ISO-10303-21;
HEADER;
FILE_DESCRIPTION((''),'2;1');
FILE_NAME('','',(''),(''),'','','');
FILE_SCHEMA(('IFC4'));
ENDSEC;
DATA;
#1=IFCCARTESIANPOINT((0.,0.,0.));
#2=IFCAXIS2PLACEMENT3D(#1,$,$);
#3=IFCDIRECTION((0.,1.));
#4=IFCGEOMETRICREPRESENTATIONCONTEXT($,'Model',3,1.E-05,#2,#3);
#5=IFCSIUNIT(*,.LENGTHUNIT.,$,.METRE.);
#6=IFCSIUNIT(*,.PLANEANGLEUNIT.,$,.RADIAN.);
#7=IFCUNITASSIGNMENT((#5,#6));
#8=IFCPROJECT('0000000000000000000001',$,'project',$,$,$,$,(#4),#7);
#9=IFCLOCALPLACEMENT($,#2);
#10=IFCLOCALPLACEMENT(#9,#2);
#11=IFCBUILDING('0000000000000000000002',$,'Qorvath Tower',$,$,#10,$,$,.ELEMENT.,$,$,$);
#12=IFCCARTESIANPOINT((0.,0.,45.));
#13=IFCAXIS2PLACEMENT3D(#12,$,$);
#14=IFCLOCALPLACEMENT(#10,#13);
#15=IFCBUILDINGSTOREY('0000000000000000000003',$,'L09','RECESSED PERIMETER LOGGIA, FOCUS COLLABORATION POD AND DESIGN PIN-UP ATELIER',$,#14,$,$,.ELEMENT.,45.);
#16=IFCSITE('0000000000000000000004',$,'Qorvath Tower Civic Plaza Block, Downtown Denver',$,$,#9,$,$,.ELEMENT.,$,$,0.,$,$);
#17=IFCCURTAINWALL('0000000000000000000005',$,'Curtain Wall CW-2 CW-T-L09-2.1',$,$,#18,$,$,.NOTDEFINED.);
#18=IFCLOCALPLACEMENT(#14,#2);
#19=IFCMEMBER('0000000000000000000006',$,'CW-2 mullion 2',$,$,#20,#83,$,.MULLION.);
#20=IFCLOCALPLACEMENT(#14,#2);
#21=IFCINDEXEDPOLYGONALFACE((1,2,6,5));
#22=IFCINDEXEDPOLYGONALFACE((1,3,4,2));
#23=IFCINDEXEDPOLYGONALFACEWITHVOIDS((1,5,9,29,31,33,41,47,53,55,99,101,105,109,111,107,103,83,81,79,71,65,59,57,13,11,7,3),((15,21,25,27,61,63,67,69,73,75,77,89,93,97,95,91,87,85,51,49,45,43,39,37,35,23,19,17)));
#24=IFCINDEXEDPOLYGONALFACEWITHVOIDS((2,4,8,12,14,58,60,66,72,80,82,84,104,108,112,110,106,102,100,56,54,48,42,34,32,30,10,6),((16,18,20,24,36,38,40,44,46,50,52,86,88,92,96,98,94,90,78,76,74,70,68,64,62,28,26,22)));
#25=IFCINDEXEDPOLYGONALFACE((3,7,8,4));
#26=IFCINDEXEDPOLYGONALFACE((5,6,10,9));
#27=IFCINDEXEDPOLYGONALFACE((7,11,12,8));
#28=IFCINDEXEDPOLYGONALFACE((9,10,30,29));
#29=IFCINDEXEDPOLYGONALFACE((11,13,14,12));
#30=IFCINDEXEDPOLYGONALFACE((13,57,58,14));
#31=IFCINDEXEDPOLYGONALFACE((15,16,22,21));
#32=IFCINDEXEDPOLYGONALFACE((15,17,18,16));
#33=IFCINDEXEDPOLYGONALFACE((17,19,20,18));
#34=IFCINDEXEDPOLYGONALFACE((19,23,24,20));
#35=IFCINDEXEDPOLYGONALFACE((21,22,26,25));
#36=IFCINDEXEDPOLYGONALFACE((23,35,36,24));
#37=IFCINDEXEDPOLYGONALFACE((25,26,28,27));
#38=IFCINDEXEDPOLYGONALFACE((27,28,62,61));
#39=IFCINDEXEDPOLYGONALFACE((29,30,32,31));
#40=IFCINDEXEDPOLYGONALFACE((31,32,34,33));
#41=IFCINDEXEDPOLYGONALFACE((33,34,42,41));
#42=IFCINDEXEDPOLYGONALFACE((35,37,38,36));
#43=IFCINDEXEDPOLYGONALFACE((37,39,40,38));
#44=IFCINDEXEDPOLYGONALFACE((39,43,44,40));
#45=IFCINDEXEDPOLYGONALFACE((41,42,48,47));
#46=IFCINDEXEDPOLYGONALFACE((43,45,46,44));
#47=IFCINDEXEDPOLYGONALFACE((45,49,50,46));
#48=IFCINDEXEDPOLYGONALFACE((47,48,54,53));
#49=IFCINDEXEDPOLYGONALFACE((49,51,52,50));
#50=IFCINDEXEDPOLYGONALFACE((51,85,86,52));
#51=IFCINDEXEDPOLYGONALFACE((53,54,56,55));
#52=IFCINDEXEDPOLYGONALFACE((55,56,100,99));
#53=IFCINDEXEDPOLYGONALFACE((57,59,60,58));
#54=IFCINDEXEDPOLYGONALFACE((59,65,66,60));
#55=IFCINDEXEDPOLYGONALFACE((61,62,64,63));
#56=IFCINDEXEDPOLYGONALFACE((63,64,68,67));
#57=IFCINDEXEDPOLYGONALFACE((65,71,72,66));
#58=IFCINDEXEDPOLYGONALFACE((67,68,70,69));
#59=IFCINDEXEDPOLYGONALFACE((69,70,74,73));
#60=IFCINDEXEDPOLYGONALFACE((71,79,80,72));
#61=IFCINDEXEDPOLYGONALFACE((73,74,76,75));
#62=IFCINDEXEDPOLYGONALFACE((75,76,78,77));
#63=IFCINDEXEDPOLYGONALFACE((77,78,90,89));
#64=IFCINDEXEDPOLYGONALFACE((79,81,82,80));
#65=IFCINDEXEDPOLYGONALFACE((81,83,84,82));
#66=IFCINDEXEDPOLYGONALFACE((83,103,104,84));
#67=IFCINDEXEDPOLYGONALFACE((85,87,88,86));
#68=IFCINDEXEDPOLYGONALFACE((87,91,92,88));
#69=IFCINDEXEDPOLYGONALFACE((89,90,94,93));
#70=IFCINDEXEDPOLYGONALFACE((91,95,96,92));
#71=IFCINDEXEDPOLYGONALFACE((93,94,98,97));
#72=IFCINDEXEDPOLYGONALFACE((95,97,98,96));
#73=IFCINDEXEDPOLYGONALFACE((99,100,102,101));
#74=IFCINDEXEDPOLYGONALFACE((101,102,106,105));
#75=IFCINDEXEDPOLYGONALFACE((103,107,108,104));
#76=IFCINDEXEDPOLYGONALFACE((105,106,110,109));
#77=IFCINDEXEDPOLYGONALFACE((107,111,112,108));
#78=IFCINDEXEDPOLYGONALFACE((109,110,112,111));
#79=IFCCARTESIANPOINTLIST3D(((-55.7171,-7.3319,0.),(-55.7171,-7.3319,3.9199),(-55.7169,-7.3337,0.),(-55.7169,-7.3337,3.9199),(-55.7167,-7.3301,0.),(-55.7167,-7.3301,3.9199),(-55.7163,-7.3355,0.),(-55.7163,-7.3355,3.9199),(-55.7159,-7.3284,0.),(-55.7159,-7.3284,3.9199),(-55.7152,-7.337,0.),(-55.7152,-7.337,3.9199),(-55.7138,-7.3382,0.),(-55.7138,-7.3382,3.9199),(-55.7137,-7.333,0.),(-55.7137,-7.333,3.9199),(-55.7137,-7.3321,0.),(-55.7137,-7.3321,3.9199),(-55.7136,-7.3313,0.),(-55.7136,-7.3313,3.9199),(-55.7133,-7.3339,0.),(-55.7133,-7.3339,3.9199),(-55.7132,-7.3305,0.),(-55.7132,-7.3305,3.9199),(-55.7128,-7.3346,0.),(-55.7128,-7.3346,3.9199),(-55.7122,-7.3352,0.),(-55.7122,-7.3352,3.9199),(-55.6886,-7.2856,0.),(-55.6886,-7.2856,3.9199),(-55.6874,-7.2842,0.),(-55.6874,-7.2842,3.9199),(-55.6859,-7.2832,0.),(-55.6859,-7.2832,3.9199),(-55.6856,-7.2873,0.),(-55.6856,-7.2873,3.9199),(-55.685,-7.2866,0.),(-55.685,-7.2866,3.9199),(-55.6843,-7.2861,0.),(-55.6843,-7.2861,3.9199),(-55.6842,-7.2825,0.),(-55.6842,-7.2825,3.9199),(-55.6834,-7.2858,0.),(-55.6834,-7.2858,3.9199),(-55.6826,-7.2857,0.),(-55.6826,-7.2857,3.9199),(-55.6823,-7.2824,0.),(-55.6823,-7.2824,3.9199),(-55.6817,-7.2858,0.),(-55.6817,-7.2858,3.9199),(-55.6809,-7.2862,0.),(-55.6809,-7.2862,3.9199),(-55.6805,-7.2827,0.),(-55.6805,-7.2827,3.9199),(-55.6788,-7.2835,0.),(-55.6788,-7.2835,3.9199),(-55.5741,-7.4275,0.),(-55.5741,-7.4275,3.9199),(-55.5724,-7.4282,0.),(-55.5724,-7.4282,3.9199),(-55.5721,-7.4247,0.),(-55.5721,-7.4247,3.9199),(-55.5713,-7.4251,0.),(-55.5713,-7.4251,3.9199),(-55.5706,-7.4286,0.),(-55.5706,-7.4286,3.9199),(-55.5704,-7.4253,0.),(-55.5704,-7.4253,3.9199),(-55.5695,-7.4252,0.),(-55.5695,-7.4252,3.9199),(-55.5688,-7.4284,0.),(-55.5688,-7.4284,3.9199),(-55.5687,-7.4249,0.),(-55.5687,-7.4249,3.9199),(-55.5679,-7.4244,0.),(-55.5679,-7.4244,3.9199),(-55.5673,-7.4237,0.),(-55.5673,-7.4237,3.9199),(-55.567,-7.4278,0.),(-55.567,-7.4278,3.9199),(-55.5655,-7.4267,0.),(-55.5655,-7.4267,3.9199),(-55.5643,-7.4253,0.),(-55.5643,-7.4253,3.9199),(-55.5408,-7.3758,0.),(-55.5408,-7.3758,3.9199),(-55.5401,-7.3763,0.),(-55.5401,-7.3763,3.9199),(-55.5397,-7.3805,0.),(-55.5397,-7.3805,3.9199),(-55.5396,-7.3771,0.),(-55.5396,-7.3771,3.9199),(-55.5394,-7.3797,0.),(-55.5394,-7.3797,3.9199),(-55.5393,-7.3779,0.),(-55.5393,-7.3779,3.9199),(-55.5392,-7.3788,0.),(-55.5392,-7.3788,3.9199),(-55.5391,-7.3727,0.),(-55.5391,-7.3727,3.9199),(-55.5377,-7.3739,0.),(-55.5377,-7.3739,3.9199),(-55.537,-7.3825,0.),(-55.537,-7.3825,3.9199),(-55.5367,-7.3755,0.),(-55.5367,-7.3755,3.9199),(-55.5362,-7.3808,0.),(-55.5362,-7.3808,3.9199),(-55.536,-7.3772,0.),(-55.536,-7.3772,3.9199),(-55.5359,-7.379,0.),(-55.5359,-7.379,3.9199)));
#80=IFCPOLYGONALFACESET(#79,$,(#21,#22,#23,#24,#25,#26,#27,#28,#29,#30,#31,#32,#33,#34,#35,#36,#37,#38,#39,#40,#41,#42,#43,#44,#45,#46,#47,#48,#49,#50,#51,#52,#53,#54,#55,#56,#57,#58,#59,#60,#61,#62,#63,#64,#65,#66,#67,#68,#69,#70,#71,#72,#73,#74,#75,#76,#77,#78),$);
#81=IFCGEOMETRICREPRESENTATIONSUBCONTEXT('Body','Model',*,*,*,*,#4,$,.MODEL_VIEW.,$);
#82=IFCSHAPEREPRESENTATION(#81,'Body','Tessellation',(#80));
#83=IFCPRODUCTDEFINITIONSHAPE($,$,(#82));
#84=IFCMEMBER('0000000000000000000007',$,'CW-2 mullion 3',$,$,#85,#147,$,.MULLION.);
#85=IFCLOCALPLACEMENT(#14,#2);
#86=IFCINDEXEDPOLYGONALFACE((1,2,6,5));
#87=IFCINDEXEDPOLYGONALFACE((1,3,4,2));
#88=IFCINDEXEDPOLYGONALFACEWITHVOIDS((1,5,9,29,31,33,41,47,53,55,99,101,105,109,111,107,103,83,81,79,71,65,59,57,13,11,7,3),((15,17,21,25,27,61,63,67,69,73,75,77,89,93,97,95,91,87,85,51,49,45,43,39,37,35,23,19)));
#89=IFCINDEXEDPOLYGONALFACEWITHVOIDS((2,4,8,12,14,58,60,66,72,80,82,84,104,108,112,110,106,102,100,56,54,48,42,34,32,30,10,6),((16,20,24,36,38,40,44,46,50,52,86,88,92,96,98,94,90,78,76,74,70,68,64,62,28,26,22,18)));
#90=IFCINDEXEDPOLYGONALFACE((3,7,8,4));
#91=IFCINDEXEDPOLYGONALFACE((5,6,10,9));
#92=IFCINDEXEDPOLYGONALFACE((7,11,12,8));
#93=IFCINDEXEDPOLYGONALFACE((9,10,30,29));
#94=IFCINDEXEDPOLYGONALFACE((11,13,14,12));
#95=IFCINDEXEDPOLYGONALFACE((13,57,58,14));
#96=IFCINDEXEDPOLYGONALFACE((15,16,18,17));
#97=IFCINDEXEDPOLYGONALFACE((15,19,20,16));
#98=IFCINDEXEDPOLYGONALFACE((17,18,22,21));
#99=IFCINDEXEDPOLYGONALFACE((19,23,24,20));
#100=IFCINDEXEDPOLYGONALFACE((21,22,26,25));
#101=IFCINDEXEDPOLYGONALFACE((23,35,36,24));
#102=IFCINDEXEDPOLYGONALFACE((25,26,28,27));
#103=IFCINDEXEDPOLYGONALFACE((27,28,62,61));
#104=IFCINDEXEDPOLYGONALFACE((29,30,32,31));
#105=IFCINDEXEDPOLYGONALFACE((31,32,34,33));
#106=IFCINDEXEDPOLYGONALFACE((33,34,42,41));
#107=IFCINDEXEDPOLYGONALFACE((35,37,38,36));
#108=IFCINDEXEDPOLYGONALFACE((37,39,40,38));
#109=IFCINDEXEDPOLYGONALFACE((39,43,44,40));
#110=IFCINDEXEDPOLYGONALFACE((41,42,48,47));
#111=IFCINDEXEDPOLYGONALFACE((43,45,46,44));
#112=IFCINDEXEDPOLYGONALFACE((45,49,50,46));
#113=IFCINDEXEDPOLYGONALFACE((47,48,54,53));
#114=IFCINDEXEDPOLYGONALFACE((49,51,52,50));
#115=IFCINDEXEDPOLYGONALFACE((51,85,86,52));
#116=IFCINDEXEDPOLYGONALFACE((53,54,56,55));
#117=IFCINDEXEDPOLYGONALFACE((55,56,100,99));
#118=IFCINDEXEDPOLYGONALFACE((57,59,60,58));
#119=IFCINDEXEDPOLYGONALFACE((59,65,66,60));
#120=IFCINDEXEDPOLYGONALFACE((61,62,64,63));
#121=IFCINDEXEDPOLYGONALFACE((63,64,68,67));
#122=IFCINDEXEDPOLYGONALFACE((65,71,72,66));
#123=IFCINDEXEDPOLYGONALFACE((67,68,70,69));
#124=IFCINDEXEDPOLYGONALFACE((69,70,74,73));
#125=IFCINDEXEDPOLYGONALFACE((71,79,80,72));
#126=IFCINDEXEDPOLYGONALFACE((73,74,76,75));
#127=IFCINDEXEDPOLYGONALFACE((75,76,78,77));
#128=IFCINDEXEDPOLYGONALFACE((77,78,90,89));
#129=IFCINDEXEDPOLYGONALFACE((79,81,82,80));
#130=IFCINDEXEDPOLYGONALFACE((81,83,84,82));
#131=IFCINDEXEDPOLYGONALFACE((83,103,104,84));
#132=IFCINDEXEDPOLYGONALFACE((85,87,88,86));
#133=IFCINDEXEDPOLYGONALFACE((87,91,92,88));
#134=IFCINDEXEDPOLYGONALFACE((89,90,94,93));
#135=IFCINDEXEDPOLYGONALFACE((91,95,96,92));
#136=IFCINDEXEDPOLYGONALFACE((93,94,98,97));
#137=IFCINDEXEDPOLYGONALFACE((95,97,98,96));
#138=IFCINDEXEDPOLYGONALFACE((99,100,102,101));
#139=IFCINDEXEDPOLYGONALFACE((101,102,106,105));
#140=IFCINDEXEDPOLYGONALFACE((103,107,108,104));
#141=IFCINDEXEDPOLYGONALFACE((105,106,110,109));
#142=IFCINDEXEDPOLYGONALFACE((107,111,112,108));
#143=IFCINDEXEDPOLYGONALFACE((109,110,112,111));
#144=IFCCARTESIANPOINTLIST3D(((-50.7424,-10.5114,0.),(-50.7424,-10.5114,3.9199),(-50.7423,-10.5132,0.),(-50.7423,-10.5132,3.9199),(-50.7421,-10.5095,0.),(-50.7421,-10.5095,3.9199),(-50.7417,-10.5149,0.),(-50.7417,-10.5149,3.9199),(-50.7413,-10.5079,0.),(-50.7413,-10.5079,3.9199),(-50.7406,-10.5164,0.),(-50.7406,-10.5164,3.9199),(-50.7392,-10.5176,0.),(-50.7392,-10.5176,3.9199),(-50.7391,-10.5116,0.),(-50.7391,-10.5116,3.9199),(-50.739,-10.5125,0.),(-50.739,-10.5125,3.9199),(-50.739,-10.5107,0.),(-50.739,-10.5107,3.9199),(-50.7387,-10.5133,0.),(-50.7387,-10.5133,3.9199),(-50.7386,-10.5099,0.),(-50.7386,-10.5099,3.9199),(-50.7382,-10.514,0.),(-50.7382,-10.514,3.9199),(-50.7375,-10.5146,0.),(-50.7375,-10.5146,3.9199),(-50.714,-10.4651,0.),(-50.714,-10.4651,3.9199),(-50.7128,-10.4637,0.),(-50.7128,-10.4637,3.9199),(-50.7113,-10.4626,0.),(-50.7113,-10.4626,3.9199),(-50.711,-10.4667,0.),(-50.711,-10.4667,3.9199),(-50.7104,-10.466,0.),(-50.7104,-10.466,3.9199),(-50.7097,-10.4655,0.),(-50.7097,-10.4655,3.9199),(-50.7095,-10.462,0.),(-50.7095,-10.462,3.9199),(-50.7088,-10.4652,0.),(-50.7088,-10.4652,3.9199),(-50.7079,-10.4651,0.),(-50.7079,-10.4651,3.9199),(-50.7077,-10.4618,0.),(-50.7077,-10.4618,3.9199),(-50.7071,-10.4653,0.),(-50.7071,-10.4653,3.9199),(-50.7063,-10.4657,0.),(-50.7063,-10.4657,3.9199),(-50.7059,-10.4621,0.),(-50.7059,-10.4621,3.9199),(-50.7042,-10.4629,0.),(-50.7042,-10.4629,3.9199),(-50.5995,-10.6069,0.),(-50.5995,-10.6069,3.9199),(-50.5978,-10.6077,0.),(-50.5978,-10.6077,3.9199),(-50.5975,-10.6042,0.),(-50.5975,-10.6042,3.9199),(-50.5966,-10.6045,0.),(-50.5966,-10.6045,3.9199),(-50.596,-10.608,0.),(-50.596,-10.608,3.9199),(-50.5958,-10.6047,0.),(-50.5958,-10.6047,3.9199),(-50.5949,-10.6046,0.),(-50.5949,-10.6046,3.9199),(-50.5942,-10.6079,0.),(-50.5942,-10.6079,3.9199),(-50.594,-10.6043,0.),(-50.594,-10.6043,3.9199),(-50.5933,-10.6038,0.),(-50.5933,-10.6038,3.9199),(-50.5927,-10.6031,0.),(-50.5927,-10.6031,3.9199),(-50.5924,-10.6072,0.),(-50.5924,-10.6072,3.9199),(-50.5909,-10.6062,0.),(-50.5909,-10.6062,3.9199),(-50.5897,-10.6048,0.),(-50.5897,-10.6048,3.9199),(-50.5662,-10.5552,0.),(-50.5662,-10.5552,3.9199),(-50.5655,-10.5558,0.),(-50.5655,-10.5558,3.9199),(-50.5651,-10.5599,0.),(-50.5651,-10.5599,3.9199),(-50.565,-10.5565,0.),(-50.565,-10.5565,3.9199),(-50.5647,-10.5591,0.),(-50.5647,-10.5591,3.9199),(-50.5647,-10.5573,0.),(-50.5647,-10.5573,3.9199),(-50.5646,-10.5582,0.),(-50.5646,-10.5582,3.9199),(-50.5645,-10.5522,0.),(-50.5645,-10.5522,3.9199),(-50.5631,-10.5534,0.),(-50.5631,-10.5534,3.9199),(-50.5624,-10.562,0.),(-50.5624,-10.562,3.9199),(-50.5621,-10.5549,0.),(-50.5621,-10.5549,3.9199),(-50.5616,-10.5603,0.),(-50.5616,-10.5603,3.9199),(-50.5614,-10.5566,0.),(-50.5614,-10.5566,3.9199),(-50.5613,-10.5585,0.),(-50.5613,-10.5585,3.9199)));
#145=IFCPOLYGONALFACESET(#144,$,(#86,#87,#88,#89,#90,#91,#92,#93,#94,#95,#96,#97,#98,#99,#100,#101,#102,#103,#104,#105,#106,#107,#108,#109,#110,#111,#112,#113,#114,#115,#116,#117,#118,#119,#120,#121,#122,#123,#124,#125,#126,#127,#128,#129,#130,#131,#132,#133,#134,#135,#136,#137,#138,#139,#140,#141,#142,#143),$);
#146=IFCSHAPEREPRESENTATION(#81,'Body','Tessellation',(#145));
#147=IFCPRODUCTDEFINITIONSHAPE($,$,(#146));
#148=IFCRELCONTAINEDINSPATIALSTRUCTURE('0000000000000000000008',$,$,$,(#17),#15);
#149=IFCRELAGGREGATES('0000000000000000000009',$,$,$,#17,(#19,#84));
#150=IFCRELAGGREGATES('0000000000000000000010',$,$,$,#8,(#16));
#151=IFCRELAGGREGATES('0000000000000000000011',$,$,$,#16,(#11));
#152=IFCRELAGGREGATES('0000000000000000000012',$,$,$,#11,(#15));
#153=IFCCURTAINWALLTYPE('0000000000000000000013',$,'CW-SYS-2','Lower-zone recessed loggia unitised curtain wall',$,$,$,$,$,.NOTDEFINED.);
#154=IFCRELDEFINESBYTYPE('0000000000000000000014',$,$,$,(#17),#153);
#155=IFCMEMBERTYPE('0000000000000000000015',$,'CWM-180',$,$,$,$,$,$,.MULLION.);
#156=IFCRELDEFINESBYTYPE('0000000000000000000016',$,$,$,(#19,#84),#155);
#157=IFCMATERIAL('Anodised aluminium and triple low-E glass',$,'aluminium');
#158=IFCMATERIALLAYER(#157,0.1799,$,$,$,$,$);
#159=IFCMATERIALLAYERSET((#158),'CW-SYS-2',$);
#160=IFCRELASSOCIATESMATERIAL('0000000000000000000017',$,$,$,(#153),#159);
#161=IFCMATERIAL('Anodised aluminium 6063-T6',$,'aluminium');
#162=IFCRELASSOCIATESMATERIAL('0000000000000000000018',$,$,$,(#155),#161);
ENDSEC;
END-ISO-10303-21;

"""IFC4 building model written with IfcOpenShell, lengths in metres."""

from ifc_helpers import new_model, si_unit, direction, frame, origin, origin_2d, place, context, subcontext, project, spatial, hollow_rectangle, extrude, material, layer, layer_set, material_profile, profile_set, type_object, element, aggregate, save


model = new_model("IFC4")

# Units and contexts
model_context = context("Model", 3, precision=1e-05, world=origin(), true_north=direction((0.0, 1.0)))
body_context = subcontext(model_context, "Body", "Model", "MODEL_VIEW")
ifc_project = project(units=[si_unit("LENGTHUNIT", "METRE"), si_unit("PLANEANGLEUNIT", "RADIAN")], contexts=[model_context])

# Site, building, storey
site_placement = place(None, origin())
site = spatial("IfcSite", under=ifc_project, at=site_placement, Name="Qorvath Tower Civic Plaza Block, Downtown Denver", CompositionType="ELEMENT", RefElevation=0.0)
building_placement = place(site_placement, origin())
building = spatial("IfcBuilding", under=site, at=building_placement, Name="Qorvath Tower", CompositionType="ELEMENT")
storey_placement = place(building_placement, frame((0.0, 0.0, 45.0)))
storey = spatial("IfcBuildingStorey", under=building, at=storey_placement, Name="L09", Description="RECESSED PERIMETER LOGGIA, FOCUS COLLABORATION POD AND DESIGN PIN-UP ATELIER", CompositionType="ELEMENT", Elevation=45.0)

# Curtain wall, members
ifc_material_1 = material(Name="Anodised aluminium and triple low-E glass", Category="aluminium")
ifc_layer_1 = layer(ifc_material_1, 0.1799)
ifc_layer_set_1 = layer_set([ifc_layer_1], Name="CW-SYS-2")
curtain_wall_type = type_object("IfcCurtainWallType", Name="CW-SYS-2", Description="Lower-zone recessed loggia unitised curtain wall", PredefinedType="NOTDEFINED", material=ifc_layer_set_1)
curtain_wall_placement = place(storey_placement, origin())
curtain_wall = element("IfcCurtainWall", 1, at=curtain_wall_placement, inside=storey, type_object=curtain_wall_type, Name="Curtain Wall CW-2 CW-T-L09-2.1", PredefinedType="NOTDEFINED")
ifc_material_2 = material(Name="Anodised aluminium 6063-T6", Category="aluminium")
ifc_material_profile_1 = material_profile(ifc_material_2, hollow_rectangle(XDim=0.0649, YDim=0.1799, WallThickness=0.0034, InnerFilletRadius=0.0034, OuterFilletRadius=0.0071, at=origin_2d()), Name="CWM 180x65")
ifc_profile_set_1 = profile_set([ifc_material_profile_1], Name="Anodised aluminium 6063-T6")
member_type_1 = type_object("IfcMemberType", Name="CWM-180", PredefinedType="MULLION", material=ifc_profile_set_1)
member_1_placement = place(storey_placement, frame((-55.6265, -7.3555, 0.0), z_axis=(0.0, 0.0, 1.0), x_axis=(0.538532, 0.842605, 0.0)))
member_1 = element("IfcMember", 2, at=member_1_placement, type_object=member_type_1, Name="CW-2 mullion 2", PredefinedType="MULLION", context=body_context, shape_type="SweptSolid", body=[
    extrude(hollow_rectangle(XDim=0.0649, YDim=0.1799, WallThickness=0.0034, InnerFilletRadius=0.0034, OuterFilletRadius=0.0071, at=origin_2d()), origin(), (0.0, 0.0, 1.0), 3.9199),
])
member_2_placement = place(storey_placement, frame((-50.6519, -10.5349, 0.0), z_axis=(0.0, 0.0, 1.0), x_axis=(0.538532, 0.842605, 0.0)))
member_2 = element("IfcMember", 3, at=member_2_placement, type_object=member_type_1, Name="CW-2 mullion 3", PredefinedType="MULLION", context=body_context, shape_type="SweptSolid", body=[
    extrude(hollow_rectangle(XDim=0.0649, YDim=0.1799, WallThickness=0.0034, InnerFilletRadius=0.0034, OuterFilletRadius=0.0071, at=origin_2d()), origin(), (0.0, 0.0, 1.0), 3.9199),
])
aggregate(curtain_wall, [member_1, member_2])

save(model, "model.ifc")
